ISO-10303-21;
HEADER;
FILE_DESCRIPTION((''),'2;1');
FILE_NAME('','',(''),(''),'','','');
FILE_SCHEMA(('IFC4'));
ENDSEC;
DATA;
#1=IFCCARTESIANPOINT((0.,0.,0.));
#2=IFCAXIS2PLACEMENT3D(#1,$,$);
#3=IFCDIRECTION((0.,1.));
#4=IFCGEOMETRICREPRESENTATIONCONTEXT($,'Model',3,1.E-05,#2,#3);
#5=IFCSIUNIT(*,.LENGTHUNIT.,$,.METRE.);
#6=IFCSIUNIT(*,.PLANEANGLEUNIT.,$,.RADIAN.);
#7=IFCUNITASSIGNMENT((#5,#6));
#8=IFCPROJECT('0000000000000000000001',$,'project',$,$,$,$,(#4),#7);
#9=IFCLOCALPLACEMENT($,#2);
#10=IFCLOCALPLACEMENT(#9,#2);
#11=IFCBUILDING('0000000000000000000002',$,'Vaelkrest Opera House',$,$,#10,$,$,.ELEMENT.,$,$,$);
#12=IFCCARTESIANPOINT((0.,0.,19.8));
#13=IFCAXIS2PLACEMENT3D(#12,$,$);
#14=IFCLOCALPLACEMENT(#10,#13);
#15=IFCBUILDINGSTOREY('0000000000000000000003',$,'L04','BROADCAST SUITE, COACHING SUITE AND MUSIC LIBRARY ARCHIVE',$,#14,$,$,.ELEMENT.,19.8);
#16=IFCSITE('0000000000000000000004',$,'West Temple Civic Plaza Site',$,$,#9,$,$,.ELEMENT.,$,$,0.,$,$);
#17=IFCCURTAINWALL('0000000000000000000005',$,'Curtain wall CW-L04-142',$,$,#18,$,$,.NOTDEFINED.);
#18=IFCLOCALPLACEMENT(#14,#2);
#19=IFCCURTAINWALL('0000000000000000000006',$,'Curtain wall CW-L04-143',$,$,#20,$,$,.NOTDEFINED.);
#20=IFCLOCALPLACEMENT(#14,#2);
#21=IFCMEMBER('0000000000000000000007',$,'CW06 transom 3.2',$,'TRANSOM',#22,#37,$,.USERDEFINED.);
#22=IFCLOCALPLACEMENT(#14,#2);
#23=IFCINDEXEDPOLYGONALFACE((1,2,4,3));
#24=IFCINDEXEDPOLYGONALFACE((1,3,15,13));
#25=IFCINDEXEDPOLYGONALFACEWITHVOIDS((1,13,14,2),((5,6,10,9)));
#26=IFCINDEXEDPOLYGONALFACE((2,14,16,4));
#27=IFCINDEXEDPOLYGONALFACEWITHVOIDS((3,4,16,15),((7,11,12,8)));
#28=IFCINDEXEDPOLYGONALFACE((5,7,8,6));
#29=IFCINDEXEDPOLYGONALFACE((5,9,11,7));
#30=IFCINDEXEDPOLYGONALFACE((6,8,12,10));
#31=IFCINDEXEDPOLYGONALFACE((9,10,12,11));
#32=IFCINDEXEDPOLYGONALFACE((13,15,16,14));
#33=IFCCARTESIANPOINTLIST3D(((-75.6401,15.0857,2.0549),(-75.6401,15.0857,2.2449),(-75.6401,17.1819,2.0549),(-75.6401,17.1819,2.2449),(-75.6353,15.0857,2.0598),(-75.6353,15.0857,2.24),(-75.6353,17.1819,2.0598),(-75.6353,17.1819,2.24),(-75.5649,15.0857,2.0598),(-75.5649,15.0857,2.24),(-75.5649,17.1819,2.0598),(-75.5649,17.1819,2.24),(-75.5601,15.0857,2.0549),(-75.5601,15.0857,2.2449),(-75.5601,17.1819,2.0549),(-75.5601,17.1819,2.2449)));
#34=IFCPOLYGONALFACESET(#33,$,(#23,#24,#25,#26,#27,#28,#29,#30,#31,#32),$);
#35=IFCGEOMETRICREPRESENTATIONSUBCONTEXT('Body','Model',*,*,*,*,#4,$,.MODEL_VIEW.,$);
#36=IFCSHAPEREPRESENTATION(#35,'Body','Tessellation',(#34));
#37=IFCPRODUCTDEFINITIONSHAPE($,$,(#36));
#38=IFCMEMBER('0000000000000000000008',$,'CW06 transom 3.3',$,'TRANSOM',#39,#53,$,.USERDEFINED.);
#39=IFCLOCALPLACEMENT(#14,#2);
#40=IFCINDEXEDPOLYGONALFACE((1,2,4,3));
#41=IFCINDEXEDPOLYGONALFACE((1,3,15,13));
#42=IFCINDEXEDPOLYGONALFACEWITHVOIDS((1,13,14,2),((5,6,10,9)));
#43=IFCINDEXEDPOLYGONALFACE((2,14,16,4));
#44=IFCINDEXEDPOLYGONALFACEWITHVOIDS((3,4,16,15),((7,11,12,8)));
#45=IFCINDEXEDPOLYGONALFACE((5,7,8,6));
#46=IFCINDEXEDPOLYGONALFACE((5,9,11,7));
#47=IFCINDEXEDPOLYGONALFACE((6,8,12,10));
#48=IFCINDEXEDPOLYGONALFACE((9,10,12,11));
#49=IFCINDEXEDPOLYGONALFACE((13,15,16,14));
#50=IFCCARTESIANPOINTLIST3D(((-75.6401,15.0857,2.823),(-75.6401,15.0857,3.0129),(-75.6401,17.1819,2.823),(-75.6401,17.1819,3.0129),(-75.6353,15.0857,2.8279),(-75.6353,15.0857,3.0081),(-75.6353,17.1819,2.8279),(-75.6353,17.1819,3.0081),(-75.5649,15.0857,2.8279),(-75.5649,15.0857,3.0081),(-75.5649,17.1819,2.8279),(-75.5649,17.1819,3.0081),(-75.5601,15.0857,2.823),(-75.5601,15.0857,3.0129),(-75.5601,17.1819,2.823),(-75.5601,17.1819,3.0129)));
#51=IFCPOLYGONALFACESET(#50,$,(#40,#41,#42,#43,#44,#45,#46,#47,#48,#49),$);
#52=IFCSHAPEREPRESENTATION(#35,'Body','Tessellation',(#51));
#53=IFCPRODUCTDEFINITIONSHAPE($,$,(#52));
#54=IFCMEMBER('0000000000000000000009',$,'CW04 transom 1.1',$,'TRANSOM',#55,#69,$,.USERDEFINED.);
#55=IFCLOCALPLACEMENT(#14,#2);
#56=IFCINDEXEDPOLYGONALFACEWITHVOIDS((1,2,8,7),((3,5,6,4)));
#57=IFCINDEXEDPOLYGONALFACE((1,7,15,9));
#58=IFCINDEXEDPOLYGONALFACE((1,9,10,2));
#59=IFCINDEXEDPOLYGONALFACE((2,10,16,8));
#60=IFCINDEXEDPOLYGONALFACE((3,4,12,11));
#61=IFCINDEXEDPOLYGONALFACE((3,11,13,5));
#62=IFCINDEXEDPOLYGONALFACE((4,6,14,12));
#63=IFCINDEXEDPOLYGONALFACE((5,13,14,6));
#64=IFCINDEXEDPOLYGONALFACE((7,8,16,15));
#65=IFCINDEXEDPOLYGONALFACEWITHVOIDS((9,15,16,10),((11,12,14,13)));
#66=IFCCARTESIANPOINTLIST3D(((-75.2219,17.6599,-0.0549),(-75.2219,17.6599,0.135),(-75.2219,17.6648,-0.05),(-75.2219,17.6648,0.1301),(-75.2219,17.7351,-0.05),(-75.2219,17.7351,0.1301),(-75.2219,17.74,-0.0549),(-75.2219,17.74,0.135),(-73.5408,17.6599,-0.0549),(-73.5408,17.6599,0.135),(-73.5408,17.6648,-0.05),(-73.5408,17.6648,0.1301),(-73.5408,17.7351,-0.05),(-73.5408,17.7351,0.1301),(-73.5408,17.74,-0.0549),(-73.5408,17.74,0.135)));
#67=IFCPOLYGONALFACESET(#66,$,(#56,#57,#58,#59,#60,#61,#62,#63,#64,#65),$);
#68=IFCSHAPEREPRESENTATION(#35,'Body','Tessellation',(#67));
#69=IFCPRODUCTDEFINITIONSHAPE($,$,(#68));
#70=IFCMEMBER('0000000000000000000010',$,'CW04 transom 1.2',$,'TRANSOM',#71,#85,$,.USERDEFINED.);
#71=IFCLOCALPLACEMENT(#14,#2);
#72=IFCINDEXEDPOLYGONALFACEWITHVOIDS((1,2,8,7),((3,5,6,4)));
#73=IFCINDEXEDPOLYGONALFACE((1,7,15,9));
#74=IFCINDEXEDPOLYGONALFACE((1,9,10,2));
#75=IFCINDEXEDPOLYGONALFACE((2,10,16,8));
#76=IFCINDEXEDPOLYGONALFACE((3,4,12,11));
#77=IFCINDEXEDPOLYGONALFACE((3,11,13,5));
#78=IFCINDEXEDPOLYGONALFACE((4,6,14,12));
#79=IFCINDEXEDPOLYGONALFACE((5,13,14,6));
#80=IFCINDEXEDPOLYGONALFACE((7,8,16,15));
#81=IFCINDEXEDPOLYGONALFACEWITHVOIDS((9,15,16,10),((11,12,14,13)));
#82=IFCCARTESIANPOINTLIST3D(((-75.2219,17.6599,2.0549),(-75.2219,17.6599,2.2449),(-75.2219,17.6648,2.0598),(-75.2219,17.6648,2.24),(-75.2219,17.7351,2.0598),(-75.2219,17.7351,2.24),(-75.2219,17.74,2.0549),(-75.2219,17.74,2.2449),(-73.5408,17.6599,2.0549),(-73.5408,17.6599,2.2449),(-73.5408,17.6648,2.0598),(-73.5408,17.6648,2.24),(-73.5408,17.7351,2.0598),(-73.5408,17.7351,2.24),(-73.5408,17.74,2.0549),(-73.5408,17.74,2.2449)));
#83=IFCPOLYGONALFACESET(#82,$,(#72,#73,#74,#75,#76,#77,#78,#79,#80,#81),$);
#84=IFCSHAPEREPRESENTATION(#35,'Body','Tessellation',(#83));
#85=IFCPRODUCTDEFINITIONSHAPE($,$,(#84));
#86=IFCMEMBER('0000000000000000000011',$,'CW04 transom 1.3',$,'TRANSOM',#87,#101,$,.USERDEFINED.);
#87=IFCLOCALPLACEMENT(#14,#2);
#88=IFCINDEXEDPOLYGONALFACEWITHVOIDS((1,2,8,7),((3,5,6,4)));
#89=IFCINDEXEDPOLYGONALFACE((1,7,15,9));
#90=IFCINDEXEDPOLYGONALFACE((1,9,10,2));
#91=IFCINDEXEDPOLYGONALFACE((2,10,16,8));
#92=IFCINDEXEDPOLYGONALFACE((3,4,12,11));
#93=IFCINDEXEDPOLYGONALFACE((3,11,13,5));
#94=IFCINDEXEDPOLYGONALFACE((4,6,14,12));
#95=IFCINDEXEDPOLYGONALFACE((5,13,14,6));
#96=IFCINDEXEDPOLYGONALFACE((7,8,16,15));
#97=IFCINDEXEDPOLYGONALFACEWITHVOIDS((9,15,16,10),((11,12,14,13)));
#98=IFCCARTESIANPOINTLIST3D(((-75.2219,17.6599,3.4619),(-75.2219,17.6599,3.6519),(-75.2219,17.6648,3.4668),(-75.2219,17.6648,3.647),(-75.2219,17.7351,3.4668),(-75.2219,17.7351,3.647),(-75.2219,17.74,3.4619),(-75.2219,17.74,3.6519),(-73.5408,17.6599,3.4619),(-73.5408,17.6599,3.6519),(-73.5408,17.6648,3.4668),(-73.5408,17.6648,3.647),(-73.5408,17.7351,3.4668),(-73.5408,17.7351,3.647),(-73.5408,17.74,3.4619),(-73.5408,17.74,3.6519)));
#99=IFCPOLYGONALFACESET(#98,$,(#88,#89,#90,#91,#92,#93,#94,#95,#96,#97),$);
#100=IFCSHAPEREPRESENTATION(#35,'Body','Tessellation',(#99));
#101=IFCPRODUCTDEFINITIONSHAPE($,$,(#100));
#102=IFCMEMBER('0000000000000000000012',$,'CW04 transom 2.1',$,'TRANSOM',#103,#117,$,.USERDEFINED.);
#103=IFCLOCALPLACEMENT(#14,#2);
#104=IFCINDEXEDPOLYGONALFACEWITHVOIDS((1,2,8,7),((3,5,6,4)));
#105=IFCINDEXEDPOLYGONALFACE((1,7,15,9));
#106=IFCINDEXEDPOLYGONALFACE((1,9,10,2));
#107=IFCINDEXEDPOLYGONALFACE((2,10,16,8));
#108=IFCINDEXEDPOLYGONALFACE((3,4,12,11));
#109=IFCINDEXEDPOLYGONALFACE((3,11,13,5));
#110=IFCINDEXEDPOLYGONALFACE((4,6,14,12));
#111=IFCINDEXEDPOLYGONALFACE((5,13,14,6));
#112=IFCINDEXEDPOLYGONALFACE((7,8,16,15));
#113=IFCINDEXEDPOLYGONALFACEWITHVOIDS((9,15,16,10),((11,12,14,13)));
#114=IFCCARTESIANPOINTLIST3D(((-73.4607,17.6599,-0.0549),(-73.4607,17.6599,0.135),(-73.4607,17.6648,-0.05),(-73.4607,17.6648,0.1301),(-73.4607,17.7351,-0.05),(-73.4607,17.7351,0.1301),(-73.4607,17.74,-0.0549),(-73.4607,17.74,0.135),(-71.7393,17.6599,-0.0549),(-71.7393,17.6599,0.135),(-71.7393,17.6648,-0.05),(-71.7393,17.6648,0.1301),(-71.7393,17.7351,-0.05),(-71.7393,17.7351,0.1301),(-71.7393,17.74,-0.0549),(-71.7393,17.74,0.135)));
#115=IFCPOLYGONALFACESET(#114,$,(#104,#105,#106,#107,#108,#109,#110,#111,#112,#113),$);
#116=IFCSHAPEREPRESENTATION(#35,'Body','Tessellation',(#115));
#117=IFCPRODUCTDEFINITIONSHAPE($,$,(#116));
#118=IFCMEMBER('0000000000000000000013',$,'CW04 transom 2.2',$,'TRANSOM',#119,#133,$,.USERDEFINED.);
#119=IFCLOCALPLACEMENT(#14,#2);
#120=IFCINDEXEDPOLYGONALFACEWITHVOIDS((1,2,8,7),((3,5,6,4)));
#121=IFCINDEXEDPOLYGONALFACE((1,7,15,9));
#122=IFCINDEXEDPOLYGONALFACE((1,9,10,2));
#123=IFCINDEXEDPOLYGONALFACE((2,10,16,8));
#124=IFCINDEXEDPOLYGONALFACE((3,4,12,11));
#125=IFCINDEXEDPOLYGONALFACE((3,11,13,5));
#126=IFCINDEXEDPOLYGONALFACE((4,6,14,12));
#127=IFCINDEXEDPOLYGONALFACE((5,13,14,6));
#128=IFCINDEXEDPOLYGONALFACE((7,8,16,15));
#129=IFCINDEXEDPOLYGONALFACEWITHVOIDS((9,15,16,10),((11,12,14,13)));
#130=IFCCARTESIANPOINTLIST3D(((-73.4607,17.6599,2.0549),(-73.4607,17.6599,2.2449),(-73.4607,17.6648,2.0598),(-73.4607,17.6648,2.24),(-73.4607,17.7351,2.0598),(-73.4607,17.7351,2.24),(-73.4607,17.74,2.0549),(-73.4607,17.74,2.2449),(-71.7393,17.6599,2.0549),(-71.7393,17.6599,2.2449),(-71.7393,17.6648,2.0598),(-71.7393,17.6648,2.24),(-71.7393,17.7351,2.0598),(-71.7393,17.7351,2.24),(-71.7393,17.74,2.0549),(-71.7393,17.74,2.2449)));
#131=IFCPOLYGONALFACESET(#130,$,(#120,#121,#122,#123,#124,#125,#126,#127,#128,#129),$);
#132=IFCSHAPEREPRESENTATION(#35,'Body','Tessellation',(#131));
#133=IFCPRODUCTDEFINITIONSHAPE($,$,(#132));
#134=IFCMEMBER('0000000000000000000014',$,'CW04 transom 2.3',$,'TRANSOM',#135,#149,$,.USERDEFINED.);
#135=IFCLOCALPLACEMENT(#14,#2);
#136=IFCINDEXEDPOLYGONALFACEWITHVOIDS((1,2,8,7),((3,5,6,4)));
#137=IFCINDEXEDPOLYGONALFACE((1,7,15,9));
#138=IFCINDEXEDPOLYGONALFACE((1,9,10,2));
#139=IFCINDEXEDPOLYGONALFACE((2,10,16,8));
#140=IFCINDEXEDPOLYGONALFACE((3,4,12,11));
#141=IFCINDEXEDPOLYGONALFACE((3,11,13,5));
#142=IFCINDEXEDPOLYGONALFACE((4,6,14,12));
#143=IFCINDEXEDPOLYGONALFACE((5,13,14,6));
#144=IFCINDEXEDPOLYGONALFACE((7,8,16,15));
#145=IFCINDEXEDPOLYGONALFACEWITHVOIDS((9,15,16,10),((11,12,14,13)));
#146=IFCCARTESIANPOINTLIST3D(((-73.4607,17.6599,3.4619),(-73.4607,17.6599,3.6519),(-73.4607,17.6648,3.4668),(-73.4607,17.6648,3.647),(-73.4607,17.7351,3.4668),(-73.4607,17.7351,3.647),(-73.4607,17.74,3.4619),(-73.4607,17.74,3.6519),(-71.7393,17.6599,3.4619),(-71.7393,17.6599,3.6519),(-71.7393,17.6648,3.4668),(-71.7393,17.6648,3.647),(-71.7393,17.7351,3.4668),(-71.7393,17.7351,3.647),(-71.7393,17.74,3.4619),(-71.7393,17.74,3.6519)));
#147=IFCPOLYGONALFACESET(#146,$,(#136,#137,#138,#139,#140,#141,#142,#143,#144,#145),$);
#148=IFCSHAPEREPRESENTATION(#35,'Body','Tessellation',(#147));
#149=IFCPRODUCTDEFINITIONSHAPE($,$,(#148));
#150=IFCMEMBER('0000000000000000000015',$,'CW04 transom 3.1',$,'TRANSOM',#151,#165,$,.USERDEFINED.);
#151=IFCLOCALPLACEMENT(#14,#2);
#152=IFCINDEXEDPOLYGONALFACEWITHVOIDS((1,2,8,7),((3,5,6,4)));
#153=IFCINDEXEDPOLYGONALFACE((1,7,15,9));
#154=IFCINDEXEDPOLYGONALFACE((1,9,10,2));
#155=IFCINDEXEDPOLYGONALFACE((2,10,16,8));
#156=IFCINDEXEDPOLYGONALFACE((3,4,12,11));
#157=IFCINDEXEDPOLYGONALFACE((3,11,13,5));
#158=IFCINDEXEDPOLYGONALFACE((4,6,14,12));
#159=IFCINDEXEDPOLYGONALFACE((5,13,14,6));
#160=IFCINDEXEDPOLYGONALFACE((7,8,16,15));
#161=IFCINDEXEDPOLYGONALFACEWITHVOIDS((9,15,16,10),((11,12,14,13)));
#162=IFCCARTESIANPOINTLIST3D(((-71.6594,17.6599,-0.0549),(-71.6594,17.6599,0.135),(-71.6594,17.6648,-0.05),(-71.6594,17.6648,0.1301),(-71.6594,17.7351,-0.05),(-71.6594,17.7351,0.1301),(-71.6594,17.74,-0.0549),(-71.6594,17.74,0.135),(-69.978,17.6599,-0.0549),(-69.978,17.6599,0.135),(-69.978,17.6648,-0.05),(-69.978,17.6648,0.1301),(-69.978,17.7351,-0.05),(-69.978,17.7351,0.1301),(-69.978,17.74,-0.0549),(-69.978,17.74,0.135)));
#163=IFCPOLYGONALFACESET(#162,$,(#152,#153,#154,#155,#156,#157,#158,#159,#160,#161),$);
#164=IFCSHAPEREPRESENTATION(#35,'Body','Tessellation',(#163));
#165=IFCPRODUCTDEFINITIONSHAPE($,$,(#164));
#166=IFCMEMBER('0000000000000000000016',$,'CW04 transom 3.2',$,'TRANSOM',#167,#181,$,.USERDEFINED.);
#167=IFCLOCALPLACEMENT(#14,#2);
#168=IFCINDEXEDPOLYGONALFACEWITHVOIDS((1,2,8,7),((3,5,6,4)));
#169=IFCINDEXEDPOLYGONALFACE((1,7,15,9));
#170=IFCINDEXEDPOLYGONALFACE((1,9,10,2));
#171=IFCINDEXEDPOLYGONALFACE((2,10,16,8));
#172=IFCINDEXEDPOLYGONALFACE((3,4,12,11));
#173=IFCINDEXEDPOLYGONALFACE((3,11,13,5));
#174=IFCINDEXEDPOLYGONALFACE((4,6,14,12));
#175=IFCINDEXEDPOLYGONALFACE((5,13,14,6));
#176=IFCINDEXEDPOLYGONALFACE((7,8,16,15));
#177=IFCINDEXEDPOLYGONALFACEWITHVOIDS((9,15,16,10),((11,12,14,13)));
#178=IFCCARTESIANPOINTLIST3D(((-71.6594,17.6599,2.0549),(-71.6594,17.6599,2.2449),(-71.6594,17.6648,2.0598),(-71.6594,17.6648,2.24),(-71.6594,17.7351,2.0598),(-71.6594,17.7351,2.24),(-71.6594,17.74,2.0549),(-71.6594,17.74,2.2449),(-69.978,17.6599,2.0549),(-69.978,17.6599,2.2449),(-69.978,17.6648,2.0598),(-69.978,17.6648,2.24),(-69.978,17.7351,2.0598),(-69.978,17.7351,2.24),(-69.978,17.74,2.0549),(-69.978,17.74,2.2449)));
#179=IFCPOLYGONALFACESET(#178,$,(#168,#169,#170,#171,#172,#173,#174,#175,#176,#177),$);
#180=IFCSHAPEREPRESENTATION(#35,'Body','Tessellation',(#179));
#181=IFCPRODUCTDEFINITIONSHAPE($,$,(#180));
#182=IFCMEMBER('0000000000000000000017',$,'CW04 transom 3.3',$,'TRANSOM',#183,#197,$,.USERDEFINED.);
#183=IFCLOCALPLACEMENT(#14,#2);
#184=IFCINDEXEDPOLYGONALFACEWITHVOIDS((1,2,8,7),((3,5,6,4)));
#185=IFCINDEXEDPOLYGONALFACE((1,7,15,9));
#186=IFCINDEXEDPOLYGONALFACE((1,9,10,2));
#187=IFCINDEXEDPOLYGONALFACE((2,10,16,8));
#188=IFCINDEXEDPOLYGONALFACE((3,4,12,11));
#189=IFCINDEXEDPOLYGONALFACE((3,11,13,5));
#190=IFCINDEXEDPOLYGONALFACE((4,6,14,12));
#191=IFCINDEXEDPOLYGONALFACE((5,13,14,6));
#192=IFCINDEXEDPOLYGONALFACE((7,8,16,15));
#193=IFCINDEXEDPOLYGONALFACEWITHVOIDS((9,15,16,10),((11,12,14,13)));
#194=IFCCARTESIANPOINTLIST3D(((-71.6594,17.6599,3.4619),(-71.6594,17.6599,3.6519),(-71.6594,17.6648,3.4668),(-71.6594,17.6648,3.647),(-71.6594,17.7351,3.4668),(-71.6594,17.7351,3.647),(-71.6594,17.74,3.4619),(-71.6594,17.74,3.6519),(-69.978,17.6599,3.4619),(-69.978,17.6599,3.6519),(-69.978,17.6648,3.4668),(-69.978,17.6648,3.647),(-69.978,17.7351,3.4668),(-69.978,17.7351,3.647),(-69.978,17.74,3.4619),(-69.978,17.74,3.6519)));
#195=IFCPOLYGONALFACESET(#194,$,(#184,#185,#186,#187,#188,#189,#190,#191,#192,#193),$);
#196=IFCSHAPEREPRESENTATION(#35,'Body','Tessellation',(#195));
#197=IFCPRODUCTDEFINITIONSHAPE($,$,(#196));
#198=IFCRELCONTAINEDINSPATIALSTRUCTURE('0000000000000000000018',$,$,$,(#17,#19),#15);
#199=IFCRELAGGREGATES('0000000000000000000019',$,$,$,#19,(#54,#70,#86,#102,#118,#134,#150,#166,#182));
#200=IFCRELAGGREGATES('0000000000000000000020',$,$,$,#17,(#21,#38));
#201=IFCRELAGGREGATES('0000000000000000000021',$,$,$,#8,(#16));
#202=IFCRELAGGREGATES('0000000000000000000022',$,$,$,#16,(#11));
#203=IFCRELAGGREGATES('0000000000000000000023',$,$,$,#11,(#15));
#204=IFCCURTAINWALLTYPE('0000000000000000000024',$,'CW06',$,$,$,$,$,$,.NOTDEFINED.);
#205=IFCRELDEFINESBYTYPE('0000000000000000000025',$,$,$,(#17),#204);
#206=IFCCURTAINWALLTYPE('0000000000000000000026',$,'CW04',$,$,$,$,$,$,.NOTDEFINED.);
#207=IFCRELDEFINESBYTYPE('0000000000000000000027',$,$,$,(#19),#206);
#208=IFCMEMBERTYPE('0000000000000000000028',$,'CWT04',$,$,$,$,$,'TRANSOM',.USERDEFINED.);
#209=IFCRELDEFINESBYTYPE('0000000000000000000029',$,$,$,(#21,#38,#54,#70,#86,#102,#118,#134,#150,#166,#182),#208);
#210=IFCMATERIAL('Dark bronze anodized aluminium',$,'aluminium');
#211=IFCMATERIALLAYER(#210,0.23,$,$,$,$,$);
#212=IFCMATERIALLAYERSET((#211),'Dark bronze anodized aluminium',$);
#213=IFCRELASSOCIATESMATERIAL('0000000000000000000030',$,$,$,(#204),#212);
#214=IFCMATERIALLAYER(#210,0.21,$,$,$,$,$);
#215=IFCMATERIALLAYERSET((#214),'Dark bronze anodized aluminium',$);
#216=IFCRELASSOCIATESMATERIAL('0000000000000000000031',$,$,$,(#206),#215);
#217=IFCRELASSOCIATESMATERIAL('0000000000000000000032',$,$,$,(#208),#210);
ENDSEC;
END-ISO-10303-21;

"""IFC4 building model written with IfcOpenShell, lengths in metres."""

from ifc_helpers import new_model, si_unit, direction, frame, origin, origin_2d, place, context, subcontext, project, spatial, hollow_rectangle, extrude, material, layer, layer_set, material_profile, profile_set, type_object, element, aggregate, save


model = new_model("IFC4")

# Units and contexts
model_context = context("Model", 3, precision=1e-05, world=origin(), true_north=direction((0.0, 1.0)))
body_context = subcontext(model_context, "Body", "Model", "MODEL_VIEW")
ifc_project = project(units=[si_unit("LENGTHUNIT", "METRE"), si_unit("PLANEANGLEUNIT", "RADIAN")], contexts=[model_context])

# Site, building, storey
site_placement = place(None, origin())
site = spatial("IfcSite", under=ifc_project, at=site_placement, Name="West Temple Civic Plaza Site", CompositionType="ELEMENT", RefElevation=0.0)
building_placement = place(site_placement, origin())
building = spatial("IfcBuilding", under=site, at=building_placement, Name="Vaelkrest Opera House", CompositionType="ELEMENT")
storey_placement = place(building_placement, frame((0.0, 0.0, 19.8)))
storey = spatial("IfcBuildingStorey", under=building, at=storey_placement, Name="L04", Description="BROADCAST SUITE, COACHING SUITE AND MUSIC LIBRARY ARCHIVE", CompositionType="ELEMENT", Elevation=19.8)

# Curtain walls
ifc_material_1 = material(Name="Dark bronze anodized aluminium", Category="aluminium")
ifc_layer_1 = layer(ifc_material_1, 0.23)
ifc_layer_set_1 = layer_set([ifc_layer_1], Name="Dark bronze anodized aluminium")
curtain_wall_type_1 = type_object("IfcCurtainWallType", Name="CW06", PredefinedType="NOTDEFINED", material=ifc_layer_set_1)
curtain_wall_1_placement = place(storey_placement, origin())
curtain_wall_1 = element("IfcCurtainWall", 1, at=curtain_wall_1_placement, inside=storey, type_object=curtain_wall_type_1, Name="Curtain wall CW-L04-142", PredefinedType="NOTDEFINED")
ifc_layer_2 = layer(ifc_material_1, 0.21)
ifc_layer_set_2 = layer_set([ifc_layer_2], Name="Dark bronze anodized aluminium")
curtain_wall_type_2 = type_object("IfcCurtainWallType", Name="CW04", PredefinedType="NOTDEFINED", material=ifc_layer_set_2)
curtain_wall_2_placement = place(storey_placement, origin())
curtain_wall_2 = element("IfcCurtainWall", 2, at=curtain_wall_2_placement, inside=storey, type_object=curtain_wall_type_2, Name="Curtain wall CW-L04-143", PredefinedType="NOTDEFINED")

# Members
ifc_material_profile_1 = material_profile(ifc_material_1, hollow_rectangle(XDim=0.0801, YDim=0.1899, WallThickness=0.0049, at=origin_2d()), Name="CWT80X190")
ifc_profile_set_1 = profile_set([ifc_material_profile_1], Name="Dark bronze anodized aluminium")
member_type_1 = type_object("IfcMemberType", Name="CWT04", ElementType="TRANSOM", PredefinedType="USERDEFINED", material=ifc_profile_set_1)
member_1_placement = place(storey_placement, frame((-75.6001, 15.0857, 2.1499), z_axis=(0.0, 1.0, 0.0), x_axis=(-1.0, 0.0, 0.0)))
member_1 = element("IfcMember", 3, at=member_1_placement, type_object=member_type_1, Name="CW06 transom 3.2", ObjectType="TRANSOM", PredefinedType="USERDEFINED", context=body_context, shape_type="SweptSolid", body=[
    extrude(hollow_rectangle(XDim=0.0801, YDim=0.1899, WallThickness=0.0049, at=origin_2d()), origin(), (0.0, 0.0, 1.0), 2.0962),
])
member_2_placement = place(storey_placement, frame((-75.6001, 15.0857, 2.918), z_axis=(0.0, 1.0, 0.0), x_axis=(-1.0, 0.0, 0.0)))
member_2 = element("IfcMember", 4, at=member_2_placement, type_object=member_type_1, Name="CW06 transom 3.3", ObjectType="TRANSOM", PredefinedType="USERDEFINED", context=body_context, shape_type="SweptSolid", body=[
    extrude(hollow_rectangle(XDim=0.0801, YDim=0.1899, WallThickness=0.0049, at=origin_2d()), origin(), (0.0, 0.0, 1.0), 2.0962),
])
member_3_placement = place(storey_placement, frame((-75.2219, 17.7, 0.04), z_axis=(1.0, 0.0, 0.0), x_axis=(0.0, 1.0, 0.0)))
member_3 = element("IfcMember", 5, at=member_3_placement, type_object=member_type_1, Name="CW04 transom 1.1", ObjectType="TRANSOM", PredefinedType="USERDEFINED", context=body_context, shape_type="SweptSolid", body=[
    extrude(hollow_rectangle(XDim=0.0801, YDim=0.1899, WallThickness=0.0049, at=origin_2d()), origin(), (0.0, 0.0, 1.0), 1.6812),
])
member_4_placement = place(storey_placement, frame((-75.2219, 17.7, 2.1499), z_axis=(1.0, 0.0, 0.0), x_axis=(0.0, 1.0, 0.0)))
member_4 = element("IfcMember", 6, at=member_4_placement, type_object=member_type_1, Name="CW04 transom 1.2", ObjectType="TRANSOM", PredefinedType="USERDEFINED", context=body_context, shape_type="SweptSolid", body=[
    extrude(hollow_rectangle(XDim=0.0801, YDim=0.1899, WallThickness=0.0049, at=origin_2d()), origin(), (0.0, 0.0, 1.0), 1.6812),
])
member_5_placement = place(storey_placement, frame((-75.2219, 17.7, 3.5569), z_axis=(1.0, 0.0, 0.0), x_axis=(0.0, 1.0, 0.0)))
member_5 = element("IfcMember", 7, at=member_5_placement, type_object=member_type_1, Name="CW04 transom 1.3", ObjectType="TRANSOM", PredefinedType="USERDEFINED", context=body_context, shape_type="SweptSolid", body=[
    extrude(hollow_rectangle(XDim=0.0801, YDim=0.1899, WallThickness=0.0049, at=origin_2d()), origin(), (0.0, 0.0, 1.0), 1.6812),
])
member_6_placement = place(storey_placement, frame((-73.4607, 17.7, 0.04), z_axis=(1.0, 0.0, 0.0), x_axis=(0.0, 1.0, 0.0)))
member_6 = element("IfcMember", 8, at=member_6_placement, type_object=member_type_1, Name="CW04 transom 2.1", ObjectType="TRANSOM", PredefinedType="USERDEFINED", context=body_context, shape_type="SweptSolid", body=[
    extrude(hollow_rectangle(XDim=0.0801, YDim=0.1899, WallThickness=0.0049, at=origin_2d()), origin(), (0.0, 0.0, 1.0), 1.7214),
])
member_7_placement = place(storey_placement, frame((-73.4607, 17.7, 2.1499), z_axis=(1.0, 0.0, 0.0), x_axis=(0.0, 1.0, 0.0)))
member_7 = element("IfcMember", 9, at=member_7_placement, type_object=member_type_1, Name="CW04 transom 2.2", ObjectType="TRANSOM", PredefinedType="USERDEFINED", context=body_context, shape_type="SweptSolid", body=[
    extrude(hollow_rectangle(XDim=0.0801, YDim=0.1899, WallThickness=0.0049, at=origin_2d()), origin(), (0.0, 0.0, 1.0), 1.7214),
])
member_8_placement = place(storey_placement, frame((-73.4607, 17.7, 3.5569), z_axis=(1.0, 0.0, 0.0), x_axis=(0.0, 1.0, 0.0)))
member_8 = element("IfcMember", 10, at=member_8_placement, type_object=member_type_1, Name="CW04 transom 2.3", ObjectType="TRANSOM", PredefinedType="USERDEFINED", context=body_context, shape_type="SweptSolid", body=[
    extrude(hollow_rectangle(XDim=0.0801, YDim=0.1899, WallThickness=0.0049, at=origin_2d()), origin(), (0.0, 0.0, 1.0), 1.7214),
])
member_9_placement = place(storey_placement, frame((-71.6594, 17.7, 0.04), z_axis=(1.0, 0.0, 0.0), x_axis=(0.0, 1.0, 0.0)))
member_9 = element("IfcMember", 11, at=member_9_placement, type_object=member_type_1, Name="CW04 transom 3.1", ObjectType="TRANSOM", PredefinedType="USERDEFINED", context=body_context, shape_type="SweptSolid", body=[
    extrude(hollow_rectangle(XDim=0.0801, YDim=0.1899, WallThickness=0.0049, at=origin_2d()), origin(), (0.0, 0.0, 1.0), 1.6814),
])
member_10_placement = place(storey_placement, frame((-71.6594, 17.7, 2.1499), z_axis=(1.0, 0.0, 0.0), x_axis=(0.0, 1.0, 0.0)))
member_10 = element("IfcMember", 12, at=member_10_placement, type_object=member_type_1, Name="CW04 transom 3.2", ObjectType="TRANSOM", PredefinedType="USERDEFINED", context=body_context, shape_type="SweptSolid", body=[
    extrude(hollow_rectangle(XDim=0.0801, YDim=0.1899, WallThickness=0.0049, at=origin_2d()), origin(), (0.0, 0.0, 1.0), 1.6814),
])
member_11_placement = place(storey_placement, frame((-71.6594, 17.7, 3.5569), z_axis=(1.0, 0.0, 0.0), x_axis=(0.0, 1.0, 0.0)))
member_11 = element("IfcMember", 13, at=member_11_placement, type_object=member_type_1, Name="CW04 transom 3.3", ObjectType="TRANSOM", PredefinedType="USERDEFINED", context=body_context, shape_type="SweptSolid", body=[
    extrude(hollow_rectangle(XDim=0.0801, YDim=0.1899, WallThickness=0.0049, at=origin_2d()), origin(), (0.0, 0.0, 1.0), 1.6814),
])

aggregate(curtain_wall_2, [member_3, member_4, member_5, member_6, member_7, member_8, member_9, member_10, member_11])
aggregate(curtain_wall_1, [member_1, member_2])

save(model, "model.ifc")
